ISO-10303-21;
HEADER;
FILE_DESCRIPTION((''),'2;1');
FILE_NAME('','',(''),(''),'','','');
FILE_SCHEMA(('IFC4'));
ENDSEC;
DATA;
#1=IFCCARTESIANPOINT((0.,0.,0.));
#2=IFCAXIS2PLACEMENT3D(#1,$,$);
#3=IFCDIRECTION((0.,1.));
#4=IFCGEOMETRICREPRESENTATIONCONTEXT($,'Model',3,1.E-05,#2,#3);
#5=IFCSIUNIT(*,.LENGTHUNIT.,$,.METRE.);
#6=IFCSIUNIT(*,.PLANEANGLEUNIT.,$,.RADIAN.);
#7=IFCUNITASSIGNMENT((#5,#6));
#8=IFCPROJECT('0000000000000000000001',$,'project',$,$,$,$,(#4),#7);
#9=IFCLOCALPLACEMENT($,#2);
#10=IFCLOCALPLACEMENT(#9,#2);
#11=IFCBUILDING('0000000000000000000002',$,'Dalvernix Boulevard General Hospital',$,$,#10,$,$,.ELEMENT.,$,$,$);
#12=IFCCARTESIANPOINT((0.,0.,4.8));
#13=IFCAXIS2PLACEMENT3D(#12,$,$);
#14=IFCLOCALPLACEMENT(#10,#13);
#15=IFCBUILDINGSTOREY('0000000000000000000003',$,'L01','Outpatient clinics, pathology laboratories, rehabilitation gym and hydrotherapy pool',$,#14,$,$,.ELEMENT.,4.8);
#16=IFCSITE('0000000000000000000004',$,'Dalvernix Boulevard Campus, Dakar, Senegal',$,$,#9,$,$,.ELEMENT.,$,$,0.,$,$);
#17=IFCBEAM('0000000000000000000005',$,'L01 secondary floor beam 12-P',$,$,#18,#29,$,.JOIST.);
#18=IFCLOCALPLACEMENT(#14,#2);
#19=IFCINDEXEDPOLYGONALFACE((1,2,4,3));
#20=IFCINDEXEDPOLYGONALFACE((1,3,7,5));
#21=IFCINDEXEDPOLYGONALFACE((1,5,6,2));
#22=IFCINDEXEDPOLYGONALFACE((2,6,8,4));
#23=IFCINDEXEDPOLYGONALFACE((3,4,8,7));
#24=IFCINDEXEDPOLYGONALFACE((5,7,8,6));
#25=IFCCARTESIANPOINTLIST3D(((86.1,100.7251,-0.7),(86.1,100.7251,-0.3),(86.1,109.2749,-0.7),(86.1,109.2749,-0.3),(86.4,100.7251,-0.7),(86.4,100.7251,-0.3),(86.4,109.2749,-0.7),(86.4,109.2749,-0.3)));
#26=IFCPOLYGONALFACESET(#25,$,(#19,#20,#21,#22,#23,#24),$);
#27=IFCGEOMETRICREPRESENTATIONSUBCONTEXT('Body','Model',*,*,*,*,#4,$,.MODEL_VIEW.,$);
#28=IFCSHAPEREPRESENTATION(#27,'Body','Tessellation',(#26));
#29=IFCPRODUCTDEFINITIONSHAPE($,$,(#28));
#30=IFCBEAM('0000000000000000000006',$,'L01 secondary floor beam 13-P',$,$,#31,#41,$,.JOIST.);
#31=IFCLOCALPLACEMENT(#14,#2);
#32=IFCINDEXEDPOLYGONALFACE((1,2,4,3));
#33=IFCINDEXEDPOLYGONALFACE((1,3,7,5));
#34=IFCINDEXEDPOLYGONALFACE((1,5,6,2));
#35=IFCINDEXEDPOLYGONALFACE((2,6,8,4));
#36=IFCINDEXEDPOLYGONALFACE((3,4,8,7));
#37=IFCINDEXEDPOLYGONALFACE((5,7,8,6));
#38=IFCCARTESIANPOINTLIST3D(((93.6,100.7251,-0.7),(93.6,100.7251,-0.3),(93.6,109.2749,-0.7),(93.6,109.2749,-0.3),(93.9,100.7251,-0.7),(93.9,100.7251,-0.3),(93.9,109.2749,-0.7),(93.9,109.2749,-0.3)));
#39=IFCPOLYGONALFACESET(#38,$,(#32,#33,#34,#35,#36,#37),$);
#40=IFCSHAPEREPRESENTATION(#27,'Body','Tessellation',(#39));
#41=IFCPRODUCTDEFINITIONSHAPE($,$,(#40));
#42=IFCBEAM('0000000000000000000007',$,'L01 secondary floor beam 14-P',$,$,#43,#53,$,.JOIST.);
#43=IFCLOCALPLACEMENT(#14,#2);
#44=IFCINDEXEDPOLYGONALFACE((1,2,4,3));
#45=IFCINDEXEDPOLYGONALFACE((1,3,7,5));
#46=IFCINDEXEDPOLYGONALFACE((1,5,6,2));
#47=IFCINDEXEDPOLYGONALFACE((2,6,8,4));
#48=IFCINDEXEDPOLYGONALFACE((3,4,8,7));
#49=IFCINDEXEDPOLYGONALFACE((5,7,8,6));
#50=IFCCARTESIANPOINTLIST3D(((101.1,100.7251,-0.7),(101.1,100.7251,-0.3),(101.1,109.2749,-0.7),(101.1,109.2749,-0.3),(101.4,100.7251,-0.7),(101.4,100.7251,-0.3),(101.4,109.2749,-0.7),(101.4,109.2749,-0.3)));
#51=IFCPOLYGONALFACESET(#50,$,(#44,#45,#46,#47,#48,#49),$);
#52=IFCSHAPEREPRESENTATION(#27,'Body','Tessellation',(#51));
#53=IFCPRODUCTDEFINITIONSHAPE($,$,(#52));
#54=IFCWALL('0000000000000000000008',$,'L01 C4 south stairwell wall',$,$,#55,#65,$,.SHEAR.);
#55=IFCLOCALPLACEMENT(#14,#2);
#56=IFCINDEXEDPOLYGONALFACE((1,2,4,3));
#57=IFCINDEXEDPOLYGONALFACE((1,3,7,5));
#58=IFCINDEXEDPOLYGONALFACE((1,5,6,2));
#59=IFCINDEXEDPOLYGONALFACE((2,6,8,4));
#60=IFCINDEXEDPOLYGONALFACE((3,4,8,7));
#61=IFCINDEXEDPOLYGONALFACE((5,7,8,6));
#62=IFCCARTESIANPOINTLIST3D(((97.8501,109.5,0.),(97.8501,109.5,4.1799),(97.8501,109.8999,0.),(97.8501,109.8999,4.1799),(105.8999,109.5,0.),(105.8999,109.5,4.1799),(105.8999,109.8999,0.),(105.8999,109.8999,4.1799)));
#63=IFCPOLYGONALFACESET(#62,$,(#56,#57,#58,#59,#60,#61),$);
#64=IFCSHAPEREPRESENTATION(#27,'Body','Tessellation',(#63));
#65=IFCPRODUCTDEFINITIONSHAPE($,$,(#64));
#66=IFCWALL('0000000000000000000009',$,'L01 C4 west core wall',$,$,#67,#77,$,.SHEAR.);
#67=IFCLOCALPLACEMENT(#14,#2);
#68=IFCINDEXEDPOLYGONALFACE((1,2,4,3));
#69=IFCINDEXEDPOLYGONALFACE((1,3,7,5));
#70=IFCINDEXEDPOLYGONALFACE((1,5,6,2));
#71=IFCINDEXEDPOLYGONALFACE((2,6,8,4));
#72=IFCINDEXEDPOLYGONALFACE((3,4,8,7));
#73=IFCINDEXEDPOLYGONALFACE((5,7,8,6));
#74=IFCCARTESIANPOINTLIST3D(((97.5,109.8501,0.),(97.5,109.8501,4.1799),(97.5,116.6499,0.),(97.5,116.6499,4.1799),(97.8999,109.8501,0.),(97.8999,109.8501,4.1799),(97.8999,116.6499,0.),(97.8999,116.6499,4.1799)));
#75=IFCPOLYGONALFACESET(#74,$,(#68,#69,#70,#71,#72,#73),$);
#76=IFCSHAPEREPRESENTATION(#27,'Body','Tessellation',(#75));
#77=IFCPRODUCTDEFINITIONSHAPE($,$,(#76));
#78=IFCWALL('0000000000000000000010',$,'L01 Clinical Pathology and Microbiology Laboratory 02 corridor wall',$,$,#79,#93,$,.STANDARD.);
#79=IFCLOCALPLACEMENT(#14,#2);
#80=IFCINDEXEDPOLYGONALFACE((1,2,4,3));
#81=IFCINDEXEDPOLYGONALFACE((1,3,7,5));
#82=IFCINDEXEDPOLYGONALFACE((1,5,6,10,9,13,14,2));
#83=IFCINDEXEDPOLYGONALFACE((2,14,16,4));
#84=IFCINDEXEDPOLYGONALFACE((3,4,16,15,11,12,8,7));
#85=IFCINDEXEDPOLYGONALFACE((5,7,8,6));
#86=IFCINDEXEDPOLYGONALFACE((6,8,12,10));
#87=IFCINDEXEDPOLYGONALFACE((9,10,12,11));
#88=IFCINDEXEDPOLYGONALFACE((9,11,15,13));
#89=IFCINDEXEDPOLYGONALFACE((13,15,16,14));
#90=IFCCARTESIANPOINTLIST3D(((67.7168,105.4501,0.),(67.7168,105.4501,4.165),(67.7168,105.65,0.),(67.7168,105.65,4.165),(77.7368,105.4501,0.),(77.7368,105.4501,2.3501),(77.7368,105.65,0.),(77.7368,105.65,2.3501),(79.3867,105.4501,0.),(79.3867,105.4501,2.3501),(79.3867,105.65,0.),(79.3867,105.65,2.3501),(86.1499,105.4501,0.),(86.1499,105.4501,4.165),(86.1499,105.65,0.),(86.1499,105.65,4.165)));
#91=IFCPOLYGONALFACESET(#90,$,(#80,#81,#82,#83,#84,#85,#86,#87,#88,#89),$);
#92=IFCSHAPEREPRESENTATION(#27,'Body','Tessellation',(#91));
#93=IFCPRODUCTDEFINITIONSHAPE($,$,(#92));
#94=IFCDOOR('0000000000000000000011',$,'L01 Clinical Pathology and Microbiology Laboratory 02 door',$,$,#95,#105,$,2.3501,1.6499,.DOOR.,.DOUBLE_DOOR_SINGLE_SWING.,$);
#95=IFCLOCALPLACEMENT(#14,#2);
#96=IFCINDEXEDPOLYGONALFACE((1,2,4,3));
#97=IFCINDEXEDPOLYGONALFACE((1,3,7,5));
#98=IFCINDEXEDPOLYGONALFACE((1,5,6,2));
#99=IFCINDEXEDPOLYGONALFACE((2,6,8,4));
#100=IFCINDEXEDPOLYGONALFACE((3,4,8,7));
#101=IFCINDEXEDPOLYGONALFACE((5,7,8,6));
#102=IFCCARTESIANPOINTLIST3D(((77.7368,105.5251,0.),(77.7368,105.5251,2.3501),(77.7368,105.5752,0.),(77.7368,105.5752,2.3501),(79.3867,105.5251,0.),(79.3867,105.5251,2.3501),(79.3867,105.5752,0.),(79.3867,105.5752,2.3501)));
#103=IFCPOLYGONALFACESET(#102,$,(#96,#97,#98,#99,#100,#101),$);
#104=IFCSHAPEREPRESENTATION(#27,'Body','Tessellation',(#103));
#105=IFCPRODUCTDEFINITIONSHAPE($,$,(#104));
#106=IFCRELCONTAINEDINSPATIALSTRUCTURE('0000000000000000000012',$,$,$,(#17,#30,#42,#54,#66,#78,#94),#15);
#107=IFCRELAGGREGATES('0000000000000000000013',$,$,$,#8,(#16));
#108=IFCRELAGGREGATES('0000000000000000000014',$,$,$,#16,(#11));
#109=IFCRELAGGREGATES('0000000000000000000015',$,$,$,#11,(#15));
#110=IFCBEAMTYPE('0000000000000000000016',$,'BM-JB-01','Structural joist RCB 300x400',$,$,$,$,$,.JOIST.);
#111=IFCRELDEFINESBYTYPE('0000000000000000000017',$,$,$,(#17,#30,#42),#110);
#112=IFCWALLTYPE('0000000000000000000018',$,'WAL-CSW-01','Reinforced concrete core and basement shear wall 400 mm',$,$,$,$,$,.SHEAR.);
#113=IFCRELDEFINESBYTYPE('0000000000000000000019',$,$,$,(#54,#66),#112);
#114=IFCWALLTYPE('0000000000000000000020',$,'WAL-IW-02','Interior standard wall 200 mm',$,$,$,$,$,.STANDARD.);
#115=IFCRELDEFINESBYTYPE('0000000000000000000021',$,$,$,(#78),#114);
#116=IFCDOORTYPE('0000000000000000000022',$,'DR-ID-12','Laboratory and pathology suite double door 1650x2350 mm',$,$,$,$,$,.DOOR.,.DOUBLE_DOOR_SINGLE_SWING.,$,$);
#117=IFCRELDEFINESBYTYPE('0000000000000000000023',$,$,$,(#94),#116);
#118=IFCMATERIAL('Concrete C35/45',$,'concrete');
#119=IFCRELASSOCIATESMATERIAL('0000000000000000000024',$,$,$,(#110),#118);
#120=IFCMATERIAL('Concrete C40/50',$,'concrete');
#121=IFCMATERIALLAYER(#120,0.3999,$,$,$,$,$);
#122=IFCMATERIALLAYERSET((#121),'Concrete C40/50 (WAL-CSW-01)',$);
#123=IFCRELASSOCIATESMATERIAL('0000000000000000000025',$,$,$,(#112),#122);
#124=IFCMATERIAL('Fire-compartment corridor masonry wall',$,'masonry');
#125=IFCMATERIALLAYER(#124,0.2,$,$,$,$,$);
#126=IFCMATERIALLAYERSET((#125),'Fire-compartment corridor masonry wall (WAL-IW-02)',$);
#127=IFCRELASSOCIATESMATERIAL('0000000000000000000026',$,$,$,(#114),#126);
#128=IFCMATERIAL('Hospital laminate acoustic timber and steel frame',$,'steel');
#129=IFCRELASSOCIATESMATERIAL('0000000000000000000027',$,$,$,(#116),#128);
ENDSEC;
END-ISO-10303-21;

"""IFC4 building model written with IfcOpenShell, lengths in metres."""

from ifc_helpers import new_model, si_unit, direction, frame, frame_2d, origin, origin_2d, place, context, subcontext, project, spatial, rectangle, extrude, material, layer, layer_set, material_profile, profile_set, type_object, element, fill, save


model = new_model("IFC4")

# Units and contexts
model_context = context("Model", 3, precision=1e-05, world=origin(), true_north=direction((0.0, 1.0)))
body_context = subcontext(model_context, "Body", "Model", "MODEL_VIEW")
ifc_project = project(units=[si_unit("LENGTHUNIT", "METRE"), si_unit("PLANEANGLEUNIT", "RADIAN")], contexts=[model_context])

# Site, building, storey
site_placement = place(None, origin())
site = spatial("IfcSite", under=ifc_project, at=site_placement, Name="Dalvernix Boulevard Campus, Dakar, Senegal", CompositionType="ELEMENT", RefElevation=0.0)
building_placement = place(site_placement, origin())
building = spatial("IfcBuilding", under=site, at=building_placement, Name="Dalvernix Boulevard General Hospital", CompositionType="ELEMENT")
storey_placement = place(building_placement, frame((0.0, 0.0, 4.8)))
storey = spatial("IfcBuildingStorey", under=building, at=storey_placement, Name="L01", Description="Outpatient clinics, pathology laboratories, rehabilitation gym and hydrotherapy pool", CompositionType="ELEMENT", Elevation=4.8)

# Shared definitions
ifc_material_1 = material(Name="Concrete C40/50", Category="concrete")

# Beams
ifc_material_2 = material(Name="Concrete C35/45", Category="concrete")
ifc_material_profile_1 = material_profile(ifc_material_2, rectangle(XDim=0.3, YDim=0.3999, at=origin_2d()), Name="RCB 300x400")
ifc_profile_set_1 = profile_set([ifc_material_profile_1], Name="Concrete C35/45")
beam_type_1 = type_object("IfcBeamType", Name="BM-JB-01", Description="Structural joist RCB 300x400", PredefinedType="JOIST", material=ifc_profile_set_1)
for number, where, z_axis, x_axis, name in (
    (1, (86.25, 100.7251, -0.5), (0.0, 1.0, 0.0), (-1.0, 0.0, 0.0), "L01 secondary floor beam 12-P"),
    (2, (93.75, 100.7251, -0.5), (0.0, 1.0, 0.0), (-1.0, 0.0, 0.0), "L01 secondary floor beam 13-P"),
    (3, (101.25, 100.7251, -0.5), (0.0, 1.0, 0.0), (-1.0, 0.0, 0.0), "L01 secondary floor beam 14-P"),
):
    element("IfcBeam", number, at=place(storey_placement, frame(where, z_axis=z_axis, x_axis=x_axis)), inside=storey, type_object=beam_type_1, Name=name, PredefinedType="JOIST", context=body_context, shape_type="SweptSolid", body=[
        extrude(rectangle(XDim=0.3, YDim=0.3999, at=origin_2d()), origin(), (0.0, 0.0, 1.0), 8.5498),
    ])

# Walls
ifc_layer_1 = layer(ifc_material_1, 0.3999)
ifc_layer_set_1 = layer_set([ifc_layer_1], Name="Concrete C40/50 (WAL-CSW-01)")
wall_type_1 = type_object("IfcWallType", Name="WAL-CSW-01", Description="Reinforced concrete core and basement shear wall 400 mm", PredefinedType="SHEAR", material=ifc_layer_set_1)
wall_1_placement = place(storey_placement, frame((97.8501, 109.7, 0.0), z_axis=(0.0, 0.0, 1.0), x_axis=(1.0, 0.0, 0.0)))
element("IfcWall", 4, at=wall_1_placement, inside=storey, type_object=wall_type_1, Name="L01 C4 south stairwell wall", PredefinedType="SHEAR", context=body_context, shape_type="SweptSolid", body=[
    extrude(rectangle(XDim=8.0498, YDim=0.3999, at=frame_2d((4.0249, 0.0))), origin(), (0.0, 0.0, 1.0), 4.1799),
])
wall_2_placement = place(storey_placement, frame((97.7, 109.8501, 0.0), z_axis=(0.0, 0.0, 1.0), x_axis=(0.0, 1.0, 0.0)))
element("IfcWall", 5, at=wall_2_placement, inside=storey, type_object=wall_type_1, Name="L01 C4 west core wall", PredefinedType="SHEAR", context=body_context, shape_type="SweptSolid", body=[
    extrude(rectangle(XDim=6.7998, YDim=0.3999, at=frame_2d((3.3999, 0.0))), origin(), (0.0, 0.0, 1.0), 4.1799),
])

# Wall, opening, door
ifc_material_3 = material(Name="Fire-compartment corridor masonry wall", Category="masonry")
ifc_layer_2 = layer(ifc_material_3, 0.2)
ifc_layer_set_2 = layer_set([ifc_layer_2], Name="Fire-compartment corridor masonry wall (WAL-IW-02)")
wall_type_2 = type_object("IfcWallType", Name="WAL-IW-02", Description="Interior standard wall 200 mm", PredefinedType="STANDARD", material=ifc_layer_set_2)
wall_3_placement = place(storey_placement, frame((86.1499, 105.55, 0.0), z_axis=(0.0, 0.0, 1.0), x_axis=(-1.0, 0.0, 0.0)))
wall_3 = element("IfcWall", 6, at=wall_3_placement, inside=storey, type_object=wall_type_2, Name="L01 Clinical Pathology and Microbiology Laboratory 02 corridor wall", PredefinedType="STANDARD", context=body_context, shape_type="SweptSolid", body=[
    extrude(rectangle(XDim=18.4331, YDim=0.2, at=frame_2d((9.2166, 0.0))), origin(), (0.0, 0.0, 1.0), 4.165),
])
opening_placement = place(wall_3_placement, frame((6.7632, 0.0, 0.0)))
opening = element("IfcOpeningElement", 7, at=opening_placement, cuts=wall_3, PredefinedType="OPENING", context=body_context, shape_type="SweptSolid", body=[
    extrude(rectangle(XDim=1.6499, YDim=2.3501, at=frame_2d((0.825, 1.175))), frame((0.0, 0.1099, 0.0), z_axis=(0.0, -1.0, 0.0), x_axis=(1.0, 0.0, 0.0)), (0.0, 0.0, 1.0), 0.22),
])
ifc_material_4 = material(Name="Hospital laminate acoustic timber and steel frame", Category="steel")
door_type = type_object("IfcDoorType", Name="DR-ID-12", Description="Laboratory and pathology suite double door 1650x2350 mm", OperationType="DOUBLE_DOOR_SINGLE_SWING", PredefinedType="DOOR", material=ifc_material_4)
door_placement = place(opening_placement, origin())
door = element("IfcDoor", 8, at=door_placement, inside=storey, type_object=door_type, Name="L01 Clinical Pathology and Microbiology Laboratory 02 door", OperationType="DOUBLE_DOOR_SINGLE_SWING", OverallHeight=2.3501, OverallWidth=1.6499, PredefinedType="DOOR", context=body_context, shape_type="SweptSolid", body=[
    extrude(rectangle(XDim=1.6499, YDim=2.3501, at=frame_2d((0.825, 1.175))), frame((0.0, 0.0249, 0.0), z_axis=(0.0, -1.0, 0.0), x_axis=(1.0, 0.0, 0.0)), (0.0, 0.0, 1.0), 0.05),
])
fill(opening, door)

save(model, "model.ifc")
